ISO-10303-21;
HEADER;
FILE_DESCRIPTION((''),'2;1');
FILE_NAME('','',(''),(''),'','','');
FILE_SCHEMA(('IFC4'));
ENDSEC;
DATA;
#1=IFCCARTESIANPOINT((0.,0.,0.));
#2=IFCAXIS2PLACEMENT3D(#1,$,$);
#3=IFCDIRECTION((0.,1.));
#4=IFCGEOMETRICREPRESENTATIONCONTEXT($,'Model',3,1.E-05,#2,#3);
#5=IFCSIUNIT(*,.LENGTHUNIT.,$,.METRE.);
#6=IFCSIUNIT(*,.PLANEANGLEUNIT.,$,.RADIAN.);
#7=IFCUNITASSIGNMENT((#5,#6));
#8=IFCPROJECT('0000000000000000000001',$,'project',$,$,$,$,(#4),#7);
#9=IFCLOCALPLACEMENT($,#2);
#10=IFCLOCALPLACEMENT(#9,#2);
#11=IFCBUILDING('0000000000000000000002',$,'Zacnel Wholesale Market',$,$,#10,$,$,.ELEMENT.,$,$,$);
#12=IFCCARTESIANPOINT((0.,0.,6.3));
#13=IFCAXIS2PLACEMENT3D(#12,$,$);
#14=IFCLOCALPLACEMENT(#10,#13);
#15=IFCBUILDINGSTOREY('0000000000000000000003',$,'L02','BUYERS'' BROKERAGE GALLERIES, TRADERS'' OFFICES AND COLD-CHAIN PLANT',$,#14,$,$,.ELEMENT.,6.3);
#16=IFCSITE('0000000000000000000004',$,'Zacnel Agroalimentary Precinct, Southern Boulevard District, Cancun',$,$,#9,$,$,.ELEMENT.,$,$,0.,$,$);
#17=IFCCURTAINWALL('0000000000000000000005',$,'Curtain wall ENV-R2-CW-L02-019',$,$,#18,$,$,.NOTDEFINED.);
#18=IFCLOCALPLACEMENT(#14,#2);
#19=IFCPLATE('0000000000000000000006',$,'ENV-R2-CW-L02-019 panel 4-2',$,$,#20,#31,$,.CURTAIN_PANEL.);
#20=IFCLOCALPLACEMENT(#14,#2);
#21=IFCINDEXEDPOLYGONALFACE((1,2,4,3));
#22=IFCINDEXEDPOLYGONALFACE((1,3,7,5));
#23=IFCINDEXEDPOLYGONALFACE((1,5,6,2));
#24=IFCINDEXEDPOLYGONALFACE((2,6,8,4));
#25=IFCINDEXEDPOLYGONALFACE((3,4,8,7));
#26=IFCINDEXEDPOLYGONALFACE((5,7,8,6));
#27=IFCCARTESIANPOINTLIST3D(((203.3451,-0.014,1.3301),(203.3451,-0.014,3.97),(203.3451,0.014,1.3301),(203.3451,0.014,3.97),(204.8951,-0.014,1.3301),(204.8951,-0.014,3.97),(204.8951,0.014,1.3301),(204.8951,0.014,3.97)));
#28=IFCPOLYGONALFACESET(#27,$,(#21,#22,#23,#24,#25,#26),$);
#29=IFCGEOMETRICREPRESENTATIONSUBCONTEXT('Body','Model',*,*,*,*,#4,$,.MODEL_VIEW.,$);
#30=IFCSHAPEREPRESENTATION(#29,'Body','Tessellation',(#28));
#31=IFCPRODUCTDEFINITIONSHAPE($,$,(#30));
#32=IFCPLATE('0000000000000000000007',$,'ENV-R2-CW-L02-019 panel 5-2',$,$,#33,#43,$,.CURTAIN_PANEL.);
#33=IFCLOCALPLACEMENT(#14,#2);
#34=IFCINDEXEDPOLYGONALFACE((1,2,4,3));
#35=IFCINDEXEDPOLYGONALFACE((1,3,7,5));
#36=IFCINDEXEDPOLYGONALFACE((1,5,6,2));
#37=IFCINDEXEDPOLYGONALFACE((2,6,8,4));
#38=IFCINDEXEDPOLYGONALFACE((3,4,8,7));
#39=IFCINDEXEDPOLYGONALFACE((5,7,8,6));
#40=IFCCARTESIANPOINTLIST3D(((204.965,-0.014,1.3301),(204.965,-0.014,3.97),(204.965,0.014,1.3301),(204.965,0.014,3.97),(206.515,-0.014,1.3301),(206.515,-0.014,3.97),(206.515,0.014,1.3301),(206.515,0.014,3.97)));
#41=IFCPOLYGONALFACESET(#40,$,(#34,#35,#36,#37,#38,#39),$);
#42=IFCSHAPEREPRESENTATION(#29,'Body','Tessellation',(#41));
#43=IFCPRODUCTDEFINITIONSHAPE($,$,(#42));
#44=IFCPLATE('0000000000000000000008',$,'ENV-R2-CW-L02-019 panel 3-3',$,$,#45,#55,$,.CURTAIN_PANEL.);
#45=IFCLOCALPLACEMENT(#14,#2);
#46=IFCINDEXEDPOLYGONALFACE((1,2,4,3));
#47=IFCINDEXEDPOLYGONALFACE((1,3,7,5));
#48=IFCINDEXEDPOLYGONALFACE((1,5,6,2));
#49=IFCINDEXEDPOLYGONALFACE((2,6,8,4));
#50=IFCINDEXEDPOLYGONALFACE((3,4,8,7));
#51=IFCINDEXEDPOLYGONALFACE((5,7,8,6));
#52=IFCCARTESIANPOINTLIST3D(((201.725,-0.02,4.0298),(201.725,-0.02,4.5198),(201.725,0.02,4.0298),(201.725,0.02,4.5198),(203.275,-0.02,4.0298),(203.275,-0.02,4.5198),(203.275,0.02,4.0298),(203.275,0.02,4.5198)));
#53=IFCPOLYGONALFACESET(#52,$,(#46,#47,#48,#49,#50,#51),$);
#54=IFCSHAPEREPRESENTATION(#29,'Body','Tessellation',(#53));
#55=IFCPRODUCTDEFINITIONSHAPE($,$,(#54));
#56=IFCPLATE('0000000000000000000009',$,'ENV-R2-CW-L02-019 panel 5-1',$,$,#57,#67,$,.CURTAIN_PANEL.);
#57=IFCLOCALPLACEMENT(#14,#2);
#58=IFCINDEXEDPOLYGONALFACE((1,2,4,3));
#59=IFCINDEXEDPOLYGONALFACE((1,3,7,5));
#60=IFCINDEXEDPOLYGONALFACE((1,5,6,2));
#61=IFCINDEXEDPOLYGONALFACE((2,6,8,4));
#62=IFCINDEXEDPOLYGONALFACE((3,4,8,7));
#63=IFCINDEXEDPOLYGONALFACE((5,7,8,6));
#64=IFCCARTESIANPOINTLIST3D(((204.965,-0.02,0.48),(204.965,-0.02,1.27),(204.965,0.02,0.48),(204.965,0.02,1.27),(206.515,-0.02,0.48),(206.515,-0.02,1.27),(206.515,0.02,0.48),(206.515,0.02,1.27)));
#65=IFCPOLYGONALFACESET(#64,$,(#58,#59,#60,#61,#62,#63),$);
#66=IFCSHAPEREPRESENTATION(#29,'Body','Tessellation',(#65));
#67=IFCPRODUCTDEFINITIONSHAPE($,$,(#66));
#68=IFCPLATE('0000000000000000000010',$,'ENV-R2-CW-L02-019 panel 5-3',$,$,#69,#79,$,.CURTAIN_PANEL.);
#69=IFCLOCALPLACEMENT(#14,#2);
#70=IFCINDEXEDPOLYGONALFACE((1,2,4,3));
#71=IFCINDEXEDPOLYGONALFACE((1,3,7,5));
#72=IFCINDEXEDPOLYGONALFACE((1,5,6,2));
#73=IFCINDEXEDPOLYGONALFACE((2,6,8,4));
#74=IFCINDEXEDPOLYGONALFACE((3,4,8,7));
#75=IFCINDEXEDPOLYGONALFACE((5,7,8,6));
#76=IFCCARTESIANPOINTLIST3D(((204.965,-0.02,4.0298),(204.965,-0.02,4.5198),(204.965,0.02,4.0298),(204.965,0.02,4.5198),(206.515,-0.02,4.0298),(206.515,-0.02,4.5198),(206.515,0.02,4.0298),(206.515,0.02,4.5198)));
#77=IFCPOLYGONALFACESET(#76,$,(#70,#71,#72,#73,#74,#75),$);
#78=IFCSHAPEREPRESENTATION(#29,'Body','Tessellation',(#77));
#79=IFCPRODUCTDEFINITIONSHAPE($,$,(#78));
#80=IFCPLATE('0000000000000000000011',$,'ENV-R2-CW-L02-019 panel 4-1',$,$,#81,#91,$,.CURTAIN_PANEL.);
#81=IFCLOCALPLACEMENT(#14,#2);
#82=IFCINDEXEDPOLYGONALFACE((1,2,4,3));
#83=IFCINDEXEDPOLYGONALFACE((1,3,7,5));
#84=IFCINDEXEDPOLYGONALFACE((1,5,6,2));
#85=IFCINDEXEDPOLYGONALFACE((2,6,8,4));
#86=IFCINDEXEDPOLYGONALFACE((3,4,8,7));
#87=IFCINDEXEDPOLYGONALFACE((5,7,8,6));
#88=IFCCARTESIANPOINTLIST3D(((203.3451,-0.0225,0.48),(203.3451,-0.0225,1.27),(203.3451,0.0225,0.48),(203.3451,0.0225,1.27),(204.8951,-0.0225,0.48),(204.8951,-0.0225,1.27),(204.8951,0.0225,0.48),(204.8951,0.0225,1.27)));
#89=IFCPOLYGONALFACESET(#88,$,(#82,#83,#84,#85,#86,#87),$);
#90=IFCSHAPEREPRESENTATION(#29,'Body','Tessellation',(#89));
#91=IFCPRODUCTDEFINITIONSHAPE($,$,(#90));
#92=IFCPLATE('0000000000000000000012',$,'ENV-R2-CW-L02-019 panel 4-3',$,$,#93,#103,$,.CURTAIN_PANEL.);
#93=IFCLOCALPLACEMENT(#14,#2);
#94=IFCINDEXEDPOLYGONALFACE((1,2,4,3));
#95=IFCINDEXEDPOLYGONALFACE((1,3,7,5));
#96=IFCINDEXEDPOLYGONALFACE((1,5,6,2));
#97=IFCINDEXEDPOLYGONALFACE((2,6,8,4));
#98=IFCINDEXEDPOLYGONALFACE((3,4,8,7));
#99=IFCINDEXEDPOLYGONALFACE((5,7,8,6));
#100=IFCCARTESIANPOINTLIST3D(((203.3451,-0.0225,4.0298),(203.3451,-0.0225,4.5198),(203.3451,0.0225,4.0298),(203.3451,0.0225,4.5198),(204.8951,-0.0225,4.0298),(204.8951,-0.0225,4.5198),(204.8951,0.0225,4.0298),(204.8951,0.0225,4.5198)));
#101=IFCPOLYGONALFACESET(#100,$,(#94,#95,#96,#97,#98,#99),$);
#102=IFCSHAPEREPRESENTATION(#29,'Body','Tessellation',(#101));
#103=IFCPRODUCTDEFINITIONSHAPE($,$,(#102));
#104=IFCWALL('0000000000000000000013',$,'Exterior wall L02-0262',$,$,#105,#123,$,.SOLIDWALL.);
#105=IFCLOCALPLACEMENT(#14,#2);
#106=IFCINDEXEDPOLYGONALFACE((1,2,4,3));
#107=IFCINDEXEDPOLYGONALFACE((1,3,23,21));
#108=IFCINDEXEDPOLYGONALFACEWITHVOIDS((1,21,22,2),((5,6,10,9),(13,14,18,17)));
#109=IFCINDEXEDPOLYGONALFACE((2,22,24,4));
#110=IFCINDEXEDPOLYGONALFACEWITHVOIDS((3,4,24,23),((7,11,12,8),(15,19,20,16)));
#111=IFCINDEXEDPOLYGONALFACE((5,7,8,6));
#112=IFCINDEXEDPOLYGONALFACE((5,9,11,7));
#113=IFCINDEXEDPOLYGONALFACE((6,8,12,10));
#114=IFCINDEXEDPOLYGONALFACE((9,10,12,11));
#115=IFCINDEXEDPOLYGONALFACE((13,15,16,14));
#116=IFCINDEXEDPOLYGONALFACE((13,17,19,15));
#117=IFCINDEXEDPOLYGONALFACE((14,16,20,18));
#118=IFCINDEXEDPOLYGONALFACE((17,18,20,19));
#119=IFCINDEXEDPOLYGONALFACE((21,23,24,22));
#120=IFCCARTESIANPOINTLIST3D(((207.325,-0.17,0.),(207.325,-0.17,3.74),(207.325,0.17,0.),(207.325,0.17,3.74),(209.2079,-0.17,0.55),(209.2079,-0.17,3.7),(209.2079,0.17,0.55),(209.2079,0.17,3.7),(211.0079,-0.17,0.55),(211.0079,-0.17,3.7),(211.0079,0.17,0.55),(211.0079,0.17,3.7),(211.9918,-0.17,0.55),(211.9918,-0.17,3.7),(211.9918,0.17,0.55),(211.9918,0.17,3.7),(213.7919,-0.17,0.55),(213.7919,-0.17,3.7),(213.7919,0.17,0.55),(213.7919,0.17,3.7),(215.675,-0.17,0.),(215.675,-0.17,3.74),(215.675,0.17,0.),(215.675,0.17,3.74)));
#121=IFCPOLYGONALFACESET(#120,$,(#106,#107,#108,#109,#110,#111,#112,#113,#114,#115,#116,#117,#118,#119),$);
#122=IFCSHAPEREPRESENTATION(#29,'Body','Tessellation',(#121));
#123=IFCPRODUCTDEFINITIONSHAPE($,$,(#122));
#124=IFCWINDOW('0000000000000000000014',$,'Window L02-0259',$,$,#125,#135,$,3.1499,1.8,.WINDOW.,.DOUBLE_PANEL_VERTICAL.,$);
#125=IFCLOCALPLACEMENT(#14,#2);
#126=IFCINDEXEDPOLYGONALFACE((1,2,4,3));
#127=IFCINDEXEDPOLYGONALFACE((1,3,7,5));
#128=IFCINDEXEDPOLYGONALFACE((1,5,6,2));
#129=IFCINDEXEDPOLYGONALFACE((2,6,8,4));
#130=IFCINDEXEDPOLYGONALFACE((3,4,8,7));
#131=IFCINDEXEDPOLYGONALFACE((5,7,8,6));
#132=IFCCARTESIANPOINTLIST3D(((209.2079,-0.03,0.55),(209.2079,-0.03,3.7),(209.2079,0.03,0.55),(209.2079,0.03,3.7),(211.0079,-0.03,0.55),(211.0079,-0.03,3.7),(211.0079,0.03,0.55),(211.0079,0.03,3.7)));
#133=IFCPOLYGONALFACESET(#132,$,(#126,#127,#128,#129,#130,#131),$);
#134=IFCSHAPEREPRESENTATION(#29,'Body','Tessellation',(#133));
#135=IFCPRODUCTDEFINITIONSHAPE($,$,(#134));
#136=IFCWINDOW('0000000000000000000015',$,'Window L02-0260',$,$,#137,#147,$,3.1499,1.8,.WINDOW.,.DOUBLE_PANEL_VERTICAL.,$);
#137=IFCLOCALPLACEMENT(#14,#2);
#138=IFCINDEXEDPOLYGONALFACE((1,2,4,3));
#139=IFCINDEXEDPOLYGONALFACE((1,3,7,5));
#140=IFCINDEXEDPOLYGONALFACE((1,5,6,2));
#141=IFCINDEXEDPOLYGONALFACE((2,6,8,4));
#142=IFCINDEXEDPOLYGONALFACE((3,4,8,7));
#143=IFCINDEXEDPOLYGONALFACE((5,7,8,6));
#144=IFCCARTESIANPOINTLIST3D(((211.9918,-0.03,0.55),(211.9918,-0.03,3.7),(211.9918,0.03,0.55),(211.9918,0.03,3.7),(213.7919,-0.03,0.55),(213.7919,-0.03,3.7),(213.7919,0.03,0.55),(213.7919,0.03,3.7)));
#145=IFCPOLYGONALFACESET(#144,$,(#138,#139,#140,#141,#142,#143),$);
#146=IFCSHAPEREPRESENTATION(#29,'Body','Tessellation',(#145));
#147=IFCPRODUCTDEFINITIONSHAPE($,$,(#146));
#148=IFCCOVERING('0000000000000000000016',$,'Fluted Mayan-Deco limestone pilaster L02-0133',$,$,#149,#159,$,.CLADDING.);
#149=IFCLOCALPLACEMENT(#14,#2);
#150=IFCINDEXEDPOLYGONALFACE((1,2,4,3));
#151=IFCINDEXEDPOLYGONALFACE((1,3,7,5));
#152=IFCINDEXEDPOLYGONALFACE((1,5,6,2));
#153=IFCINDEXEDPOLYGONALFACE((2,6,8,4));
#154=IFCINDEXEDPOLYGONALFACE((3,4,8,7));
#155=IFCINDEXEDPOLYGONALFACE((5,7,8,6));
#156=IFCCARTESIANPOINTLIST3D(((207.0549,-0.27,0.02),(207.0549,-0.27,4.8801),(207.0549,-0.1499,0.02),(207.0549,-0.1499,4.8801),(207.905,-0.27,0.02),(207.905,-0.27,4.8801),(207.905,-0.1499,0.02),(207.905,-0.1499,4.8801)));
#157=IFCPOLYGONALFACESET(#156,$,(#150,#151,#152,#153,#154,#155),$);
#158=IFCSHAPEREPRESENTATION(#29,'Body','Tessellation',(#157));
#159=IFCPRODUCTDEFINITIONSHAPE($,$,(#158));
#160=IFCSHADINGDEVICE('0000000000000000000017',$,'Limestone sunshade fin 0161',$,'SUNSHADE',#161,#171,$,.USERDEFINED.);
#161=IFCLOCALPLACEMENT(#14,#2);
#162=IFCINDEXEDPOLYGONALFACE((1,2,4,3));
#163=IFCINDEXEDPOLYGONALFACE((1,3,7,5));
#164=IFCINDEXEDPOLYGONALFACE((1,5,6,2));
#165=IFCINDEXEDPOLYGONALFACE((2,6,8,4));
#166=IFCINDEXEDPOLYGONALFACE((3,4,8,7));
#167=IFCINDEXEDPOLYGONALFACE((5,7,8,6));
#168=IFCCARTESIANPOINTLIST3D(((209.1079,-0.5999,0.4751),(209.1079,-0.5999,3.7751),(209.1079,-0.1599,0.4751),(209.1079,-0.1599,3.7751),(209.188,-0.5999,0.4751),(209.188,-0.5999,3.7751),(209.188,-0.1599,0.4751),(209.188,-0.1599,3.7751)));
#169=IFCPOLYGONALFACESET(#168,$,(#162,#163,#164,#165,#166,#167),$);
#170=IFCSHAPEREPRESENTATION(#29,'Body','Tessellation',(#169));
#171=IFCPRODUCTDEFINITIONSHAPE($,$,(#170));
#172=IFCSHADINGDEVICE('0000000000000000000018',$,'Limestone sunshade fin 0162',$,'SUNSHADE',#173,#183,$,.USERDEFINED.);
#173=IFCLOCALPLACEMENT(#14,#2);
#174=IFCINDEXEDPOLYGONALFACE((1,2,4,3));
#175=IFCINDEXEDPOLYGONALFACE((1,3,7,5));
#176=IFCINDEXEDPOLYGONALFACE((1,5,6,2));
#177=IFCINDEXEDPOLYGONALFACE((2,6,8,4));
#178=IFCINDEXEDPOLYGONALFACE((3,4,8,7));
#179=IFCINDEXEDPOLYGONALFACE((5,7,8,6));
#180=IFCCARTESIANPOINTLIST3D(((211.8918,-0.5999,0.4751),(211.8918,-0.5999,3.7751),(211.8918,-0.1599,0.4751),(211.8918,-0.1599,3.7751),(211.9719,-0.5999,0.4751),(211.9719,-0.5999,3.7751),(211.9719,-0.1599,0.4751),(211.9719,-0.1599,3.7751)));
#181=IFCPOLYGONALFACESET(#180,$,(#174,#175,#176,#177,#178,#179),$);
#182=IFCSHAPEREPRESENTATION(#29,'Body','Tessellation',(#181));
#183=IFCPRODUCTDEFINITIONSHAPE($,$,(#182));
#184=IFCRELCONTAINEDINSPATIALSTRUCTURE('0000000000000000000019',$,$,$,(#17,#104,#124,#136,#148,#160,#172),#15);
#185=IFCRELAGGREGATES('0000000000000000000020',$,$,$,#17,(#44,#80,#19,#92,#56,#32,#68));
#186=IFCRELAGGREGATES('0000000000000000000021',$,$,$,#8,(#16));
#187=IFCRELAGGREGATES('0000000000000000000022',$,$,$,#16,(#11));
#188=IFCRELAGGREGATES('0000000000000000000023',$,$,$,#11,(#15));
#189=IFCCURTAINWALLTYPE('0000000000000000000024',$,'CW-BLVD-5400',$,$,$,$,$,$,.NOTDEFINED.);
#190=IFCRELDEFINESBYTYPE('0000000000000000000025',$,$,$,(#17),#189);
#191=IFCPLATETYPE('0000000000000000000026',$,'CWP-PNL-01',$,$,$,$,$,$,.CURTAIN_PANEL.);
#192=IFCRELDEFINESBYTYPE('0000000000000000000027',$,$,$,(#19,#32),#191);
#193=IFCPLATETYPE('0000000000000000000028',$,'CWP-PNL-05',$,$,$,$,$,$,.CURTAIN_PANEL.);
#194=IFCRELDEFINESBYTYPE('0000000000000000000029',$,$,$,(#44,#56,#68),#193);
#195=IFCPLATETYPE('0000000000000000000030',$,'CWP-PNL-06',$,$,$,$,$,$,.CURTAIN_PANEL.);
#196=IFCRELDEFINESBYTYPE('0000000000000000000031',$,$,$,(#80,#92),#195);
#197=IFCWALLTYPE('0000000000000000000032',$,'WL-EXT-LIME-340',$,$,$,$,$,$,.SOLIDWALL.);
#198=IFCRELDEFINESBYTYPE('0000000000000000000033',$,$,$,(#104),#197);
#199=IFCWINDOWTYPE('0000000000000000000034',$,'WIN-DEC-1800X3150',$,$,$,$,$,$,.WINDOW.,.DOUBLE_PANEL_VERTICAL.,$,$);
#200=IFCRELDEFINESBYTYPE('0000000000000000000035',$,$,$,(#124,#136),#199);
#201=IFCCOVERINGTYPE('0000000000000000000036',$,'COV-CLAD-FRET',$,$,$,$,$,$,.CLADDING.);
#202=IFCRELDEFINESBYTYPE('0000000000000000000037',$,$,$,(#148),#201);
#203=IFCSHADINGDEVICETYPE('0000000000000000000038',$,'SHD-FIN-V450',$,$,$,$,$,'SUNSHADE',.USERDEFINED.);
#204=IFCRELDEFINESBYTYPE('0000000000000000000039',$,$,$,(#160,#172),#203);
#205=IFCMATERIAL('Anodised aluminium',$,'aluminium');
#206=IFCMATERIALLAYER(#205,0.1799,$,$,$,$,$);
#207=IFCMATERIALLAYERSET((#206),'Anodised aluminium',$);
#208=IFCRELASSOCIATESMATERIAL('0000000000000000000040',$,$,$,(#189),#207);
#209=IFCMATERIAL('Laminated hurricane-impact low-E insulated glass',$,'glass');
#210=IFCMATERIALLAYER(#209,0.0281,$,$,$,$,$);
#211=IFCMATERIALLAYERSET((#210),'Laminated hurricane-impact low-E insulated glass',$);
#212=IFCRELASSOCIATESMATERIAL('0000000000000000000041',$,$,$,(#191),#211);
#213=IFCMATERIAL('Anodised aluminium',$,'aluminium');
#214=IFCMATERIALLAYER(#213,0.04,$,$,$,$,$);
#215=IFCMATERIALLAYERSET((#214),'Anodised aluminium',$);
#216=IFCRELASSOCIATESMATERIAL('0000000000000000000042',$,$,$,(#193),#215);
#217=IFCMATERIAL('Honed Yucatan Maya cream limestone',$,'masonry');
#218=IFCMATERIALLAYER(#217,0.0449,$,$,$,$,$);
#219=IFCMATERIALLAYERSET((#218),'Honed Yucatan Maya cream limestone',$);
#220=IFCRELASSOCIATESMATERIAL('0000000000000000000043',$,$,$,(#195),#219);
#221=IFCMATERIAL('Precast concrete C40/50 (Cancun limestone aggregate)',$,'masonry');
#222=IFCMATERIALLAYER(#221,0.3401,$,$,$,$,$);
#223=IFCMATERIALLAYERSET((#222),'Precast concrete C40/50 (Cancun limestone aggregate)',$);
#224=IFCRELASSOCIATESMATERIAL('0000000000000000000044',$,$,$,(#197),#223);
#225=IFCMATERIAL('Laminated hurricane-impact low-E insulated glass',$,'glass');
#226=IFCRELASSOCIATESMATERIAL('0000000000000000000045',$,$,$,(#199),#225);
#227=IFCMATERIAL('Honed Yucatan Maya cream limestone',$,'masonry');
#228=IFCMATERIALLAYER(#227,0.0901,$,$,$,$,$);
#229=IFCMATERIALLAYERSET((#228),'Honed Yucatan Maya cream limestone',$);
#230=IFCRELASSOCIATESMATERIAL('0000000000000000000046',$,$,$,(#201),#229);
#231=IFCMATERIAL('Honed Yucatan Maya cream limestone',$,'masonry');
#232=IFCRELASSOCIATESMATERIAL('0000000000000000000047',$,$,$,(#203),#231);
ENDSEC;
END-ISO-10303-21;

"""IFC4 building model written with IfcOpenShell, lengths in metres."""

from ifc_helpers import new_model, si_unit, direction, frame, frame_2d, origin, origin_2d, place, context, subcontext, project, spatial, rectangle, extrude, material, layer, layer_set, type_object, element, fill, aggregate, save


model = new_model("IFC4")

# Units and contexts
model_context = context("Model", 3, precision=1e-05, world=origin(), true_north=direction((0.0, 1.0)))
body_context = subcontext(model_context, "Body", "Model", "MODEL_VIEW")
ifc_project = project(units=[si_unit("LENGTHUNIT", "METRE"), si_unit("PLANEANGLEUNIT", "RADIAN")], contexts=[model_context])

# Site, building, storey
site_placement = place(None, origin())
site = spatial("IfcSite", under=ifc_project, at=site_placement, Name="Zacnel Agroalimentary Precinct, Southern Boulevard District, Cancun", CompositionType="ELEMENT", RefElevation=0.0)
building_placement = place(site_placement, origin())
building = spatial("IfcBuilding", under=site, at=building_placement, Name="Zacnel Wholesale Market", CompositionType="ELEMENT")
storey_placement = place(building_placement, frame((0.0, 0.0, 6.3)))
storey = spatial("IfcBuildingStorey", under=building, at=storey_placement, Name="L02", Description="BUYERS' BROKERAGE GALLERIES, TRADERS' OFFICES AND COLD-CHAIN PLANT", CompositionType="ELEMENT", Elevation=6.3)

# Curtain wall, plates
ifc_material_1 = material(Name="Anodised aluminium", Category="aluminium")
ifc_layer_1 = layer(ifc_material_1, 0.1799)
ifc_layer_set_1 = layer_set([ifc_layer_1], Name="Anodised aluminium")
curtain_wall_type = type_object("IfcCurtainWallType", Name="CW-BLVD-5400", PredefinedType="NOTDEFINED", material=ifc_layer_set_1)
curtain_wall_placement = place(storey_placement, origin())
curtain_wall = element("IfcCurtainWall", 1, at=curtain_wall_placement, inside=storey, type_object=curtain_wall_type, Name="Curtain wall ENV-R2-CW-L02-019", PredefinedType="NOTDEFINED")
ifc_material_2 = material(Name="Laminated hurricane-impact low-E insulated glass", Category="glass")
ifc_layer_2 = layer(ifc_material_2, 0.0281)
ifc_layer_set_2 = layer_set([ifc_layer_2], Name="Laminated hurricane-impact low-E insulated glass")
plate_type_1 = type_object("IfcPlateType", Name="CWP-PNL-01", PredefinedType="CURTAIN_PANEL", material=ifc_layer_set_2)
plate_1_placement = place(storey_placement, frame((204.1201, 0.0, 1.3301), z_axis=(0.0, 0.0, 1.0), x_axis=(1.0, 0.0, 0.0)))
plate_1 = element("IfcPlate", 2, at=plate_1_placement, type_object=plate_type_1, Name="ENV-R2-CW-L02-019 panel 4-2", PredefinedType="CURTAIN_PANEL", context=body_context, shape_type="SweptSolid", body=[
    extrude(rectangle(XDim=1.55, YDim=0.0281, at=origin_2d()), origin(), (0.0, 0.0, 1.0), 2.6399),
])
plate_2_placement = place(storey_placement, frame((205.74, 0.0, 1.3301), z_axis=(0.0, 0.0, 1.0), x_axis=(1.0, 0.0, 0.0)))
plate_2 = element("IfcPlate", 3, at=plate_2_placement, type_object=plate_type_1, Name="ENV-R2-CW-L02-019 panel 5-2", PredefinedType="CURTAIN_PANEL", context=body_context, shape_type="SweptSolid", body=[
    extrude(rectangle(XDim=1.55, YDim=0.0281, at=origin_2d()), origin(), (0.0, 0.0, 1.0), 2.6399),
])
ifc_material_3 = material(Name="Anodised aluminium", Category="aluminium")
ifc_layer_3 = layer(ifc_material_3, 0.04)
ifc_layer_set_3 = layer_set([ifc_layer_3], Name="Anodised aluminium")
plate_type_2 = type_object("IfcPlateType", Name="CWP-PNL-05", PredefinedType="CURTAIN_PANEL", material=ifc_layer_set_3)
plate_3_placement = place(storey_placement, frame((202.5, 0.0, 4.0298), z_axis=(0.0, 0.0, 1.0), x_axis=(1.0, 0.0, 0.0)))
plate_3 = element("IfcPlate", 4, at=plate_3_placement, type_object=plate_type_2, Name="ENV-R2-CW-L02-019 panel 3-3", PredefinedType="CURTAIN_PANEL", context=body_context, shape_type="SweptSolid", body=[
    extrude(rectangle(XDim=1.55, YDim=0.04, at=origin_2d()), origin(), (0.0, 0.0, 1.0), 0.49),
])
plate_4_placement = place(storey_placement, frame((205.74, 0.0, 0.48), z_axis=(0.0, 0.0, 1.0), x_axis=(1.0, 0.0, 0.0)))
plate_4 = element("IfcPlate", 5, at=plate_4_placement, type_object=plate_type_2, Name="ENV-R2-CW-L02-019 panel 5-1", PredefinedType="CURTAIN_PANEL", context=body_context, shape_type="SweptSolid", body=[
    extrude(rectangle(XDim=1.55, YDim=0.04, at=origin_2d()), origin(), (0.0, 0.0, 1.0), 0.79),
])
plate_5_placement = place(storey_placement, frame((205.74, 0.0, 4.0298), z_axis=(0.0, 0.0, 1.0), x_axis=(1.0, 0.0, 0.0)))
plate_5 = element("IfcPlate", 6, at=plate_5_placement, type_object=plate_type_2, Name="ENV-R2-CW-L02-019 panel 5-3", PredefinedType="CURTAIN_PANEL", context=body_context, shape_type="SweptSolid", body=[
    extrude(rectangle(XDim=1.55, YDim=0.04, at=origin_2d()), origin(), (0.0, 0.0, 1.0), 0.49),
])
ifc_material_4 = material(Name="Honed Yucatan Maya cream limestone", Category="masonry")
ifc_layer_4 = layer(ifc_material_4, 0.0449)
ifc_layer_set_4 = layer_set([ifc_layer_4], Name="Honed Yucatan Maya cream limestone")
plate_type_3 = type_object("IfcPlateType", Name="CWP-PNL-06", PredefinedType="CURTAIN_PANEL", material=ifc_layer_set_4)
plate_6_placement = place(storey_placement, frame((204.1201, 0.0, 0.48), z_axis=(0.0, 0.0, 1.0), x_axis=(1.0, 0.0, 0.0)))
plate_6 = element("IfcPlate", 7, at=plate_6_placement, type_object=plate_type_3, Name="ENV-R2-CW-L02-019 panel 4-1", PredefinedType="CURTAIN_PANEL", context=body_context, shape_type="SweptSolid", body=[
    extrude(rectangle(XDim=1.55, YDim=0.0449, at=origin_2d()), origin(), (0.0, 0.0, 1.0), 0.79),
])
plate_7_placement = place(storey_placement, frame((204.1201, 0.0, 4.0298), z_axis=(0.0, 0.0, 1.0), x_axis=(1.0, 0.0, 0.0)))
plate_7 = element("IfcPlate", 8, at=plate_7_placement, type_object=plate_type_3, Name="ENV-R2-CW-L02-019 panel 4-3", PredefinedType="CURTAIN_PANEL", context=body_context, shape_type="SweptSolid", body=[
    extrude(rectangle(XDim=1.55, YDim=0.0449, at=origin_2d()), origin(), (0.0, 0.0, 1.0), 0.49),
])
aggregate(curtain_wall, [plate_3, plate_6, plate_1, plate_7, plate_4, plate_2, plate_5])

# Wall, openings, windows
ifc_material_5 = material(Name="Precast concrete C40/50 (Cancun limestone aggregate)", Category="masonry")
ifc_layer_5 = layer(ifc_material_5, 0.3401)
ifc_layer_set_5 = layer_set([ifc_layer_5], Name="Precast concrete C40/50 (Cancun limestone aggregate)")
wall_type = type_object("IfcWallType", Name="WL-EXT-LIME-340", PredefinedType="SOLIDWALL", material=ifc_layer_set_5)
wall_placement = place(storey_placement, frame((207.325, 0.0, 0.0), z_axis=(0.0, 0.0, 1.0), x_axis=(1.0, 0.0, 0.0)))
wall = element("IfcWall", 9, at=wall_placement, inside=storey, type_object=wall_type, Name="Exterior wall L02-0262", PredefinedType="SOLIDWALL", context=body_context, shape_type="SweptSolid", body=[
    extrude(rectangle(XDim=8.3501, YDim=0.3401, at=frame_2d((4.175, 0.0))), origin(), (0.0, 0.0, 1.0), 3.74),
])
opening_1_placement = place(wall_placement, frame((1.8831, 0.0, 0.55)))
opening_1 = element("IfcOpeningElement", 10, at=opening_1_placement, cuts=wall, PredefinedType="OPENING", context=body_context, shape_type="SweptSolid", body=[
    extrude(rectangle(XDim=1.8, YDim=3.1499, at=frame_2d((0.8999, 1.575))), frame((0.0, 0.1799, 0.0), z_axis=(0.0, -1.0, 0.0), x_axis=(1.0, 0.0, 0.0)), (0.0, 0.0, 1.0), 0.3601),
])
opening_2_placement = place(wall_placement, frame((4.667, 0.0, 0.55)))
opening_2 = element("IfcOpeningElement", 11, at=opening_2_placement, cuts=wall, PredefinedType="OPENING", context=body_context, shape_type="SweptSolid", body=[
    extrude(rectangle(XDim=1.8, YDim=3.1499, at=frame_2d((0.8999, 1.575))), frame((0.0, 0.1799, 0.0), z_axis=(0.0, -1.0, 0.0), x_axis=(1.0, 0.0, 0.0)), (0.0, 0.0, 1.0), 0.3601),
])
ifc_material_6 = material(Name="Laminated hurricane-impact low-E insulated glass", Category="glass")
window_type = type_object("IfcWindowType", Name="WIN-DEC-1800X3150", PartitioningType="DOUBLE_PANEL_VERTICAL", PredefinedType="WINDOW", material=ifc_material_6)
window_1_placement = place(opening_1_placement, origin())
window_1 = element("IfcWindow", 12, at=window_1_placement, inside=storey, type_object=window_type, Name="Window L02-0259", OverallHeight=3.1499, OverallWidth=1.8, PartitioningType="DOUBLE_PANEL_VERTICAL", PredefinedType="WINDOW", context=body_context, shape_type="SweptSolid", body=[
    extrude(rectangle(XDim=1.8, YDim=3.1499, at=frame_2d((0.8999, 1.575))), frame((0.0, 0.03, 0.0), z_axis=(0.0, -1.0, 0.0), x_axis=(1.0, 0.0, 0.0)), (0.0, 0.0, 1.0), 0.0601),
])
fill(opening_1, window_1)
window_2_placement = place(opening_2_placement, origin())
window_2 = element("IfcWindow", 13, at=window_2_placement, inside=storey, type_object=window_type, Name="Window L02-0260", OverallHeight=3.1499, OverallWidth=1.8, PartitioningType="DOUBLE_PANEL_VERTICAL", PredefinedType="WINDOW", context=body_context, shape_type="SweptSolid", body=[
    extrude(rectangle(XDim=1.8, YDim=3.1499, at=frame_2d((0.8999, 1.575))), frame((0.0, 0.03, 0.0), z_axis=(0.0, -1.0, 0.0), x_axis=(1.0, 0.0, 0.0)), (0.0, 0.0, 1.0), 0.0601),
])
fill(opening_2, window_2)

# Covering
ifc_material_7 = material(Name="Honed Yucatan Maya cream limestone", Category="masonry")
ifc_layer_6 = layer(ifc_material_7, 0.0901)
ifc_layer_set_6 = layer_set([ifc_layer_6], Name="Honed Yucatan Maya cream limestone")
covering_type = type_object("IfcCoveringType", Name="COV-CLAD-FRET", PredefinedType="CLADDING", material=ifc_layer_set_6)
covering_placement = place(storey_placement, frame((207.48, -0.21, 0.02), z_axis=(0.0, 0.0, 1.0), x_axis=(1.0, 0.0, 0.0)))
element("IfcCovering", 14, at=covering_placement, inside=storey, type_object=covering_type, Name="Fluted Mayan-Deco limestone pilaster L02-0133", PredefinedType="CLADDING", context=body_context, shape_type="SweptSolid", body=[
    extrude(rectangle(XDim=0.8501, YDim=0.1201, at=origin_2d()), origin(), (0.0, 0.0, 1.0), 4.8601),
])

# Shading devices
ifc_material_8 = material(Name="Honed Yucatan Maya cream limestone", Category="masonry")
shading_device_type = type_object("IfcShadingDeviceType", Name="SHD-FIN-V450", ElementType="SUNSHADE", PredefinedType="USERDEFINED", material=ifc_material_8)
for number, where, z_axis, x_axis, name in (
    (15, (209.1479, -0.3799, 0.4751), (0.0, 0.0, 1.0), (1.0, 0.0, 0.0), "Limestone sunshade fin 0161"),
    (16, (211.9319, -0.3799, 0.4751), (0.0, 0.0, 1.0), (1.0, 0.0, 0.0), "Limestone sunshade fin 0162"),
):
    element("IfcShadingDevice", number, at=place(storey_placement, frame(where, z_axis=z_axis, x_axis=x_axis)), inside=storey, type_object=shading_device_type, Name=name, ObjectType="SUNSHADE", PredefinedType="USERDEFINED", context=body_context, shape_type="SweptSolid", body=[
        extrude(rectangle(XDim=0.0801, YDim=0.4399, at=origin_2d()), origin(), (0.0, 0.0, 1.0), 3.3),
    ])

save(model, "model.ifc")
